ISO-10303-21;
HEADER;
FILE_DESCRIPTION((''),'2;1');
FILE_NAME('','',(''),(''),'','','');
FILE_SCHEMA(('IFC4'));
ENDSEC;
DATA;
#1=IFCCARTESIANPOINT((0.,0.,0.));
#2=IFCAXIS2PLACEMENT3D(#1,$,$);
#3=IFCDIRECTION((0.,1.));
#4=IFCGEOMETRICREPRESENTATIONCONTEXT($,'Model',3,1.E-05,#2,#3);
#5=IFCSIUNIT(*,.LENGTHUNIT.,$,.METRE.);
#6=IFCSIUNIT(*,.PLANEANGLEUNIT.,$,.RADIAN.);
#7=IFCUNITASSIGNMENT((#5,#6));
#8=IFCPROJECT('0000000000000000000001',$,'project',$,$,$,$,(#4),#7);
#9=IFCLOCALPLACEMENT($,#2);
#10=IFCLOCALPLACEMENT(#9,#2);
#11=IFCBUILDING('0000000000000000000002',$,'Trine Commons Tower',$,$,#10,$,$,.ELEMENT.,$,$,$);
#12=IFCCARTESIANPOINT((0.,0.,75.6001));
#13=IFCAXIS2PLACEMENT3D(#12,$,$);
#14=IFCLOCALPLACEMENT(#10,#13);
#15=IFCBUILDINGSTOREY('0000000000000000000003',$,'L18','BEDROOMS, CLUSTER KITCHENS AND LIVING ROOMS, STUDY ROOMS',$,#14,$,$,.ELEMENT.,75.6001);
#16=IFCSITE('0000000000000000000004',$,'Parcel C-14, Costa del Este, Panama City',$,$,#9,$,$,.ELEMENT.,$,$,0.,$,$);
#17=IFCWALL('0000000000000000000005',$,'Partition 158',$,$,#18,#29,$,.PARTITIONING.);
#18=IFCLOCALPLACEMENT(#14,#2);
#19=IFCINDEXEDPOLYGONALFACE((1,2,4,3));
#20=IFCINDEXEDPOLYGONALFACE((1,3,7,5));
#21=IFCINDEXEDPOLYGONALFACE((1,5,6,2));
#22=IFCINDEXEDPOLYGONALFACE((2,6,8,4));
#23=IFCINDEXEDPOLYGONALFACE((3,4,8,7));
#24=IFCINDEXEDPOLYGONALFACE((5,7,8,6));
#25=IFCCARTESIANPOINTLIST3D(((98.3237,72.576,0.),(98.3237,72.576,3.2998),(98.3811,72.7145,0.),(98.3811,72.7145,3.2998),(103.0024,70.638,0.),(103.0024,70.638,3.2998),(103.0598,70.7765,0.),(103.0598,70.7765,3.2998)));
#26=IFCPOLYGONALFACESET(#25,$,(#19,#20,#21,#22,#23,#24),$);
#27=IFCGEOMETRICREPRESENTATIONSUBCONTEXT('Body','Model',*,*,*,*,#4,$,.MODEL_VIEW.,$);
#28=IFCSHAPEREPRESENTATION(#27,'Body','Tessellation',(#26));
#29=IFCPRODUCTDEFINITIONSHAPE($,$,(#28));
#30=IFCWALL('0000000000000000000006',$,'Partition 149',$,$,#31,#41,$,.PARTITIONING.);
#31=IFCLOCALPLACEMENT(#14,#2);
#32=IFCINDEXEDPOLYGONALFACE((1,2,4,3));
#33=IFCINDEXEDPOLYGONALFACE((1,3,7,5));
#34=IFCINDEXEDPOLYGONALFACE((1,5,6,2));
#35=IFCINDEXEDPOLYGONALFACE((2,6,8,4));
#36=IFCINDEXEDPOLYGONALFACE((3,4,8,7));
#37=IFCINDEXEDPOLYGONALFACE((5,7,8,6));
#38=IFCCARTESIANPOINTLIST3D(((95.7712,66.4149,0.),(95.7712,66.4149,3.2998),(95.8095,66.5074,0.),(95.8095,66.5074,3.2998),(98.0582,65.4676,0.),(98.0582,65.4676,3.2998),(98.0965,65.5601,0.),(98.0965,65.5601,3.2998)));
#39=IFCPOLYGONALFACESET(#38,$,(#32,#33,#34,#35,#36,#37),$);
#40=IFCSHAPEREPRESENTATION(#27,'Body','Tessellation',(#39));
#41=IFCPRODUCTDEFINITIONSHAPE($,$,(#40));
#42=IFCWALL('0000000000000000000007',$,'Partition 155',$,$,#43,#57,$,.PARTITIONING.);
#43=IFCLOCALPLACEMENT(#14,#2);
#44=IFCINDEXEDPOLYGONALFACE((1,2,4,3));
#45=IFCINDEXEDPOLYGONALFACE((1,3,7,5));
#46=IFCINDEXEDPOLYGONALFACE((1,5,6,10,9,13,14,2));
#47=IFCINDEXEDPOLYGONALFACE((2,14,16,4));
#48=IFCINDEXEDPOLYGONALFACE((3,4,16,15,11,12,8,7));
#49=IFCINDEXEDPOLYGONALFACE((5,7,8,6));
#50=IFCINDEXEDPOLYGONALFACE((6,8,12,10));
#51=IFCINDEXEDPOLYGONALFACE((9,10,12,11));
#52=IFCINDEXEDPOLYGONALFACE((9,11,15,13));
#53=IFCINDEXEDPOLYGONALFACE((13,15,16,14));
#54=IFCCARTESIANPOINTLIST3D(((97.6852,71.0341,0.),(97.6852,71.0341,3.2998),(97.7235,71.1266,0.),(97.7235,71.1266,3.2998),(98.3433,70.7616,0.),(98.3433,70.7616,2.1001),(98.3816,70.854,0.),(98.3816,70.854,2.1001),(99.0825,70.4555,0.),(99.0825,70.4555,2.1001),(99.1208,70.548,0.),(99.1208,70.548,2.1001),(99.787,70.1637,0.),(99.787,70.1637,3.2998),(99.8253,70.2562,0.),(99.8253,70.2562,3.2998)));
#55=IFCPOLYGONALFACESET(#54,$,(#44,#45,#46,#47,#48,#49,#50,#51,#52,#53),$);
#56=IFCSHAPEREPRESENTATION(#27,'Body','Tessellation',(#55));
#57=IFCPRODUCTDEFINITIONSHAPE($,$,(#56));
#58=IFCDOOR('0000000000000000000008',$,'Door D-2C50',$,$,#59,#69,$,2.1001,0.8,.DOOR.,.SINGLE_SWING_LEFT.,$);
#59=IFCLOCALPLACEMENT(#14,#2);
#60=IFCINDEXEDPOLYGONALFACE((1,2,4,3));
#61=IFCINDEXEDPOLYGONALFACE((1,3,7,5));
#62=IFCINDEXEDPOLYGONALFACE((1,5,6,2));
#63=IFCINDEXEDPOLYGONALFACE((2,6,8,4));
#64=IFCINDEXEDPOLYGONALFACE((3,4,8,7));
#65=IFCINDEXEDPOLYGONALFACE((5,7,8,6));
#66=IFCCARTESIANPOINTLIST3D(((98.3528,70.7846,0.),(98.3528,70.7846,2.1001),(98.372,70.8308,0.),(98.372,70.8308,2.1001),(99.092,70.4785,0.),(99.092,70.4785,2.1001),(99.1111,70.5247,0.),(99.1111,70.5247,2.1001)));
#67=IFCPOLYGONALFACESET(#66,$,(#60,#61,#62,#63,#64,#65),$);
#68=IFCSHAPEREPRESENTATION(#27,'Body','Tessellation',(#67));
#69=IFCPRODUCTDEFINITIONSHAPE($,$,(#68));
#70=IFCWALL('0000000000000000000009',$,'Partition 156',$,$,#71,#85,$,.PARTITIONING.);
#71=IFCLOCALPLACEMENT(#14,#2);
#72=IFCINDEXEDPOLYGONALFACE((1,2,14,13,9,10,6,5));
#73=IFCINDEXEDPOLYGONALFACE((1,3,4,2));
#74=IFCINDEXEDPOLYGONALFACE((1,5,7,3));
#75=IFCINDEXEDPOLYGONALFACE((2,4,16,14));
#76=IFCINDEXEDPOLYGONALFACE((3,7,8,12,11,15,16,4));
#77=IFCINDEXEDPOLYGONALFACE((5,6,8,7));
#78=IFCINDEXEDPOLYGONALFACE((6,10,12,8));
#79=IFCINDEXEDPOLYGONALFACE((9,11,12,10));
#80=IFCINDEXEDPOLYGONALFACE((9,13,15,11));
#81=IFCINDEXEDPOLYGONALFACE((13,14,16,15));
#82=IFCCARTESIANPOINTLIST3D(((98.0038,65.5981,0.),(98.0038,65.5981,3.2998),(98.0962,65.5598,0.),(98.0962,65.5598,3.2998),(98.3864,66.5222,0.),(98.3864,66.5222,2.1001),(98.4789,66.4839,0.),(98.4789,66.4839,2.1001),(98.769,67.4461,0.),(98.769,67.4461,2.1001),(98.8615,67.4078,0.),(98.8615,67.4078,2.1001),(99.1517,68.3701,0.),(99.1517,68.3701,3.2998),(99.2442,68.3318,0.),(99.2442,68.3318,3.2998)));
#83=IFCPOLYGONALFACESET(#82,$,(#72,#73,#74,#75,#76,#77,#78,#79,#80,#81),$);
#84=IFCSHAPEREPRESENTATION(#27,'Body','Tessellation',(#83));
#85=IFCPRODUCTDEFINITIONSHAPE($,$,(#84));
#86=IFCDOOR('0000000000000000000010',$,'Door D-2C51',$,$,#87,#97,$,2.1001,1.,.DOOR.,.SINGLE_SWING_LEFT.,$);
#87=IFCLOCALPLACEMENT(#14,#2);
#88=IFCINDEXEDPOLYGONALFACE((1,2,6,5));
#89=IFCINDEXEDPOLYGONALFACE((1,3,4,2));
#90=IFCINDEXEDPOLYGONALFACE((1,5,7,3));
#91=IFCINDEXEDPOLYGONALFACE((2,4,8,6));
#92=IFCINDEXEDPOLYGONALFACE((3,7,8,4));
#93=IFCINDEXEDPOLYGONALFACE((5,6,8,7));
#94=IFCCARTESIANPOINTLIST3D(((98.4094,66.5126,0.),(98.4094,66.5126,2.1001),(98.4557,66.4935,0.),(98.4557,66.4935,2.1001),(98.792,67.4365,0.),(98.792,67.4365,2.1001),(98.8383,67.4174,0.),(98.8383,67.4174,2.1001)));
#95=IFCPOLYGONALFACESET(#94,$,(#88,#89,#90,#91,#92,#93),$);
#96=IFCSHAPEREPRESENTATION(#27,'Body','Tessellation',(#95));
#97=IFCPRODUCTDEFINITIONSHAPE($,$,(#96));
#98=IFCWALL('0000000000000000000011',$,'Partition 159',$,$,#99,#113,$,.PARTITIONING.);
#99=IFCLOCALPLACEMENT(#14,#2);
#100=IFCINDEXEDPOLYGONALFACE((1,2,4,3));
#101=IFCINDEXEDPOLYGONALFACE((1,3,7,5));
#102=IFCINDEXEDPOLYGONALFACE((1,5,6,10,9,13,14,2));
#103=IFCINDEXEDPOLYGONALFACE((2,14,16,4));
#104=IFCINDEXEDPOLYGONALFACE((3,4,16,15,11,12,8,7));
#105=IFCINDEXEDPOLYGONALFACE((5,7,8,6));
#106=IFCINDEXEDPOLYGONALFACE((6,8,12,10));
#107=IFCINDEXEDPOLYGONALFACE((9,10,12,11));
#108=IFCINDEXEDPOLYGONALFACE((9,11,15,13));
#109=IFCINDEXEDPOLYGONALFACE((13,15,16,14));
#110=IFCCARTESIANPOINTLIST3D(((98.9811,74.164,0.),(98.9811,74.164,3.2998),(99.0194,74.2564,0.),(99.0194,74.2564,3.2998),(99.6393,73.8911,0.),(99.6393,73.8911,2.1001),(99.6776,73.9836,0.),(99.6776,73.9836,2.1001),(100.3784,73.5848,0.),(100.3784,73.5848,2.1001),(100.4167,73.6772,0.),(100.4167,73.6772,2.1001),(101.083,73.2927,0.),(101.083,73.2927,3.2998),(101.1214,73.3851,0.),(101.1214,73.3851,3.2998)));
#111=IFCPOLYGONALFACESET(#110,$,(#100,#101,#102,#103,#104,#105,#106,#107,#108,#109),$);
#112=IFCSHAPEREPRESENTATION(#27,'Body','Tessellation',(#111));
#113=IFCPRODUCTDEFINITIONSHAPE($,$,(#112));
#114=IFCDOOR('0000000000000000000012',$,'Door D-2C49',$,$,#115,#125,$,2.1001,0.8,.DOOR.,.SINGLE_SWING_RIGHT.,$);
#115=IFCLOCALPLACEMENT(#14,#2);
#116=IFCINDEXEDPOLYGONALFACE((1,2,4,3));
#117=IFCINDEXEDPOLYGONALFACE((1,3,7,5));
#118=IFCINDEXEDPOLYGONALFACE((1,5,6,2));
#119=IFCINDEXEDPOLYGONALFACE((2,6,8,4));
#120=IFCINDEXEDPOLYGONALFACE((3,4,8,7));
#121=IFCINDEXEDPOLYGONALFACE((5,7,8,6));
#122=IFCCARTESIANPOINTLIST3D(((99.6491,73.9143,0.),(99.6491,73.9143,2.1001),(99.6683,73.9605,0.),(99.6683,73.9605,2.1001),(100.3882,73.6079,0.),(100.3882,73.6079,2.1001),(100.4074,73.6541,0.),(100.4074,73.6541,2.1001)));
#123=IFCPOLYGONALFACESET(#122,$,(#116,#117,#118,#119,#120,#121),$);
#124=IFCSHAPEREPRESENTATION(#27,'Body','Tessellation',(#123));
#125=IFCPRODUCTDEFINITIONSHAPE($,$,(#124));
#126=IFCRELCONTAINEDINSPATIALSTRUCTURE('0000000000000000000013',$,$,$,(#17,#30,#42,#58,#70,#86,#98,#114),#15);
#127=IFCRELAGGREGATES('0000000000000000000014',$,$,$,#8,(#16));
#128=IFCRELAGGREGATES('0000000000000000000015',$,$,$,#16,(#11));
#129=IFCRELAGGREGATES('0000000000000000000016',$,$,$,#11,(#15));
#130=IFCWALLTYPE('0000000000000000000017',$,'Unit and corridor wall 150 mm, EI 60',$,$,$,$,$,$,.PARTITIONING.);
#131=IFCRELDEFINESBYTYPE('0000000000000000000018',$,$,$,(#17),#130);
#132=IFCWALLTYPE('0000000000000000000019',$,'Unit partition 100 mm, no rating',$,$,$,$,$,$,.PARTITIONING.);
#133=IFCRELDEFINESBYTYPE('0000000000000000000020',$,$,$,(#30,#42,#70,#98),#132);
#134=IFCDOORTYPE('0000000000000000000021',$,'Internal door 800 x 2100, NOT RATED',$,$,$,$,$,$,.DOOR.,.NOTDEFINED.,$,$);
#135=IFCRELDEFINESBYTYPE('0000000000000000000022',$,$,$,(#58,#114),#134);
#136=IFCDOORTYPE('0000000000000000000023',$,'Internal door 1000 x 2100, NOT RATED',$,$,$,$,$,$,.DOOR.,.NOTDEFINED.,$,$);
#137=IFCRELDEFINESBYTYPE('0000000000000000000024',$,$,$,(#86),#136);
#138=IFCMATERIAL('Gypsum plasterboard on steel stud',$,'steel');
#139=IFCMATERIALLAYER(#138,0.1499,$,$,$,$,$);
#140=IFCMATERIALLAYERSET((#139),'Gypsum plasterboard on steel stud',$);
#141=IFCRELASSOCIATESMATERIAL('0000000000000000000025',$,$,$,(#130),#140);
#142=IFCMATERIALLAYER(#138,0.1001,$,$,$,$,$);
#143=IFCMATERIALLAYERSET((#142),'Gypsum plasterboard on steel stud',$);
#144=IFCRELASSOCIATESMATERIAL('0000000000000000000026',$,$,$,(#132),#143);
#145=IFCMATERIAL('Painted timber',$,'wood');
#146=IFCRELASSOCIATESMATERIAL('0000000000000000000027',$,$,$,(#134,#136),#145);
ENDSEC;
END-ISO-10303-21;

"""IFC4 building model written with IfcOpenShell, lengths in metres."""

from ifc_helpers import new_model, si_unit, direction, frame, frame_2d, origin, place, context, subcontext, project, spatial, rectangle, extrude, material, layer, layer_set, type_object, element, fill, save


model = new_model("IFC4")

# Units and contexts
model_context = context("Model", 3, precision=1e-05, world=origin(), true_north=direction((0.0, 1.0)))
body_context = subcontext(model_context, "Body", "Model", "MODEL_VIEW")
ifc_project = project(units=[si_unit("LENGTHUNIT", "METRE"), si_unit("PLANEANGLEUNIT", "RADIAN")], contexts=[model_context])

# Site, building, storey
site_placement = place(None, origin())
site = spatial("IfcSite", under=ifc_project, at=site_placement, Name="Parcel C-14, Costa del Este, Panama City", CompositionType="ELEMENT", RefElevation=0.0)
building_placement = place(site_placement, origin())
building = spatial("IfcBuilding", under=site, at=building_placement, Name="Trine Commons Tower", CompositionType="ELEMENT")
storey_placement = place(building_placement, frame((0.0, 0.0, 75.6001)))
storey = spatial("IfcBuildingStorey", under=building, at=storey_placement, Name="L18", Description="BEDROOMS, CLUSTER KITCHENS AND LIVING ROOMS, STUDY ROOMS", CompositionType="ELEMENT", Elevation=75.6001)

# Shared definitions
ifc_material_1 = material(Name="Gypsum plasterboard on steel stud", Category="steel")
ifc_layer_1 = layer(ifc_material_1, 0.1499)
ifc_layer_set_1 = layer_set([ifc_layer_1], Name="Gypsum plasterboard on steel stud")
wall_type_1 = type_object("IfcWallType", Name="Unit and corridor wall 150 mm, EI 60", PredefinedType="PARTITIONING", material=ifc_layer_set_1)

# Walls
wall_1_placement = place(storey_placement, frame((98.3523, 72.6453, 0.0), z_axis=(0.0, 0.0, 1.0), x_axis=(0.923879, -0.382684, 0.0)))
element("IfcWall", 1, at=wall_1_placement, inside=storey, type_object=wall_type_1, Name="Partition 158", PredefinedType="PARTITIONING", context=body_context, shape_type="SweptSolid", body=[
    extrude(rectangle(XDim=5.0642, YDim=0.1499, at=frame_2d((2.5322, 0.0))), origin(), (0.0, 0.0, 1.0), 3.2998),
])
ifc_layer_2 = layer(ifc_material_1, 0.1001)
ifc_layer_set_2 = layer_set([ifc_layer_2], Name="Gypsum plasterboard on steel stud")
wall_type_2 = type_object("IfcWallType", Name="Unit partition 100 mm, no rating", PredefinedType="PARTITIONING", material=ifc_layer_set_2)
wall_2_placement = place(storey_placement, frame((95.7903, 66.4612, 0.0), z_axis=(0.0, 0.0, 1.0), x_axis=(0.923877, -0.382689, 0.0)))
element("IfcWall", 2, at=wall_2_placement, inside=storey, type_object=wall_type_2, Name="Partition 149", PredefinedType="PARTITIONING", context=body_context, shape_type="SweptSolid", body=[
    extrude(rectangle(XDim=2.4753, YDim=0.1001, at=frame_2d((1.2378, 0.0))), origin(), (0.0, 0.0, 1.0), 3.2998),
])

# Walls, openings, doors
wall_3_placement = place(storey_placement, frame((97.7043, 71.0803, 0.0), z_axis=(0.0, 0.0, 1.0), x_axis=(0.923916, -0.382595, 0.0)))
wall_3 = element("IfcWall", 3, at=wall_3_placement, inside=storey, type_object=wall_type_2, Name="Partition 155", PredefinedType="PARTITIONING", context=body_context, shape_type="SweptSolid", body=[
    extrude(rectangle(XDim=2.2749, YDim=0.1001, at=frame_2d((1.1375, 0.0))), origin(), (0.0, 0.0, 1.0), 3.2998),
])
opening_1_placement = place(wall_3_placement, frame((0.7124, 0.0, 0.0)))
opening_1 = element("IfcOpeningElement", 4, at=opening_1_placement, cuts=wall_3, PredefinedType="OPENING", context=body_context, shape_type="SweptSolid", body=[
    extrude(rectangle(XDim=0.8, YDim=2.1001, at=frame_2d((0.3999, 1.05))), frame((0.0, 0.0601, 0.0), z_axis=(0.0, -1.0, 0.0), x_axis=(1.0, 0.0, 0.0)), (0.0, 0.0, 1.0), 0.1201),
])
ifc_material_2 = material(Name="Painted timber", Category="wood")
door_type_1 = type_object("IfcDoorType", Name="Internal door 800 x 2100, NOT RATED", OperationType="NOTDEFINED", PredefinedType="DOOR", material=ifc_material_2)
door_1_placement = place(opening_1_placement, origin())
door_1 = element("IfcDoor", 5, at=door_1_placement, inside=storey, type_object=door_type_1, Name="Door D-2C50", OperationType="SINGLE_SWING_LEFT", OverallHeight=2.1001, OverallWidth=0.8, PredefinedType="DOOR", context=body_context, shape_type="SweptSolid", body=[
    extrude(rectangle(XDim=0.8, YDim=2.1001, at=frame_2d((0.3999, 1.05))), frame((0.0, 0.0249, 0.0), z_axis=(0.0, -1.0, 0.0), x_axis=(1.0, 0.0, 0.0)), (0.0, 0.0, 1.0), 0.05),
])
fill(opening_1, door_1)
wall_4_placement = place(storey_placement, frame((98.05, 65.5791, 0.0), z_axis=(0.0, 0.0, 1.0), x_axis=(0.382615, 0.923908, 0.0)))
wall_4 = element("IfcWall", 6, at=wall_4_placement, inside=storey, type_object=wall_type_2, Name="Partition 156", PredefinedType="PARTITIONING", context=body_context, shape_type="SweptSolid", body=[
    extrude(rectangle(XDim=3.0002, YDim=0.1001, at=frame_2d((1.5, 0.0))), origin(), (0.0, 0.0, 1.0), 3.2998),
])
opening_2_placement = place(wall_4_placement, frame((1.0, 0.0, 0.0)))
opening_2 = element("IfcOpeningElement", 7, at=opening_2_placement, cuts=wall_4, PredefinedType="OPENING", context=body_context, shape_type="SweptSolid", body=[
    extrude(rectangle(XDim=1.0, YDim=2.1001, at=frame_2d((0.5, 1.05))), frame((0.0, 0.0601, 0.0), z_axis=(0.0, -1.0, 0.0), x_axis=(1.0, 0.0, 0.0)), (0.0, 0.0, 1.0), 0.1201),
])
door_type_2 = type_object("IfcDoorType", Name="Internal door 1000 x 2100, NOT RATED", OperationType="NOTDEFINED", PredefinedType="DOOR", material=ifc_material_2)
door_2_placement = place(opening_2_placement, frame((1.0, 0.0, 0.0), z_axis=(0.0, 0.0, 1.0), x_axis=(-1.0, 0.0, 0.0)))
door_2 = element("IfcDoor", 8, at=door_2_placement, inside=storey, type_object=door_type_2, Name="Door D-2C51", OperationType="SINGLE_SWING_LEFT", OverallHeight=2.1001, OverallWidth=1.0, PredefinedType="DOOR", context=body_context, shape_type="SweptSolid", body=[
    extrude(rectangle(XDim=1.0, YDim=2.1001, at=frame_2d((0.5, 1.05))), frame((0.0, 0.0249, 0.0), z_axis=(0.0, -1.0, 0.0), x_axis=(1.0, 0.0, 0.0)), (0.0, 0.0, 1.0), 0.05),
])
fill(opening_2, door_2)
wall_5_placement = place(storey_placement, frame((99.0002, 74.2102, 0.0), z_axis=(0.0, 0.0, 1.0), x_axis=(0.92378, -0.382923, 0.0)))
wall_5 = element("IfcWall", 9, at=wall_5_placement, inside=storey, type_object=wall_type_2, Name="Partition 159", PredefinedType="PARTITIONING", context=body_context, shape_type="SweptSolid", body=[
    extrude(rectangle(XDim=2.2754, YDim=0.1001, at=frame_2d((1.1377, 0.0))), origin(), (0.0, 0.0, 1.0), 3.2998),
])
opening_3_placement = place(wall_5_placement, frame((0.7126, 0.0, 0.0)))
opening_3 = element("IfcOpeningElement", 10, at=opening_3_placement, cuts=wall_5, PredefinedType="OPENING", context=body_context, shape_type="SweptSolid", body=[
    extrude(rectangle(XDim=0.8, YDim=2.1001, at=frame_2d((0.3999, 1.05))), frame((0.0, 0.0601, 0.0), z_axis=(0.0, -1.0, 0.0), x_axis=(1.0, 0.0, 0.0)), (0.0, 0.0, 1.0), 0.1201),
])
door_3_placement = place(opening_3_placement, frame((0.8, 0.0, 0.0), z_axis=(0.0, 0.0, 1.0), x_axis=(-1.0, 0.0, 0.0)))
door_3 = element("IfcDoor", 11, at=door_3_placement, inside=storey, type_object=door_type_1, Name="Door D-2C49", OperationType="SINGLE_SWING_RIGHT", OverallHeight=2.1001, OverallWidth=0.8, PredefinedType="DOOR", context=body_context, shape_type="SweptSolid", body=[
    extrude(rectangle(XDim=0.8, YDim=2.1001, at=frame_2d((0.3999, 1.05))), frame((0.0, 0.0249, 0.0), z_axis=(0.0, -1.0, 0.0), x_axis=(1.0, 0.0, 0.0)), (0.0, 0.0, 1.0), 0.05),
])
fill(opening_3, door_3)

save(model, "model.ifc")
